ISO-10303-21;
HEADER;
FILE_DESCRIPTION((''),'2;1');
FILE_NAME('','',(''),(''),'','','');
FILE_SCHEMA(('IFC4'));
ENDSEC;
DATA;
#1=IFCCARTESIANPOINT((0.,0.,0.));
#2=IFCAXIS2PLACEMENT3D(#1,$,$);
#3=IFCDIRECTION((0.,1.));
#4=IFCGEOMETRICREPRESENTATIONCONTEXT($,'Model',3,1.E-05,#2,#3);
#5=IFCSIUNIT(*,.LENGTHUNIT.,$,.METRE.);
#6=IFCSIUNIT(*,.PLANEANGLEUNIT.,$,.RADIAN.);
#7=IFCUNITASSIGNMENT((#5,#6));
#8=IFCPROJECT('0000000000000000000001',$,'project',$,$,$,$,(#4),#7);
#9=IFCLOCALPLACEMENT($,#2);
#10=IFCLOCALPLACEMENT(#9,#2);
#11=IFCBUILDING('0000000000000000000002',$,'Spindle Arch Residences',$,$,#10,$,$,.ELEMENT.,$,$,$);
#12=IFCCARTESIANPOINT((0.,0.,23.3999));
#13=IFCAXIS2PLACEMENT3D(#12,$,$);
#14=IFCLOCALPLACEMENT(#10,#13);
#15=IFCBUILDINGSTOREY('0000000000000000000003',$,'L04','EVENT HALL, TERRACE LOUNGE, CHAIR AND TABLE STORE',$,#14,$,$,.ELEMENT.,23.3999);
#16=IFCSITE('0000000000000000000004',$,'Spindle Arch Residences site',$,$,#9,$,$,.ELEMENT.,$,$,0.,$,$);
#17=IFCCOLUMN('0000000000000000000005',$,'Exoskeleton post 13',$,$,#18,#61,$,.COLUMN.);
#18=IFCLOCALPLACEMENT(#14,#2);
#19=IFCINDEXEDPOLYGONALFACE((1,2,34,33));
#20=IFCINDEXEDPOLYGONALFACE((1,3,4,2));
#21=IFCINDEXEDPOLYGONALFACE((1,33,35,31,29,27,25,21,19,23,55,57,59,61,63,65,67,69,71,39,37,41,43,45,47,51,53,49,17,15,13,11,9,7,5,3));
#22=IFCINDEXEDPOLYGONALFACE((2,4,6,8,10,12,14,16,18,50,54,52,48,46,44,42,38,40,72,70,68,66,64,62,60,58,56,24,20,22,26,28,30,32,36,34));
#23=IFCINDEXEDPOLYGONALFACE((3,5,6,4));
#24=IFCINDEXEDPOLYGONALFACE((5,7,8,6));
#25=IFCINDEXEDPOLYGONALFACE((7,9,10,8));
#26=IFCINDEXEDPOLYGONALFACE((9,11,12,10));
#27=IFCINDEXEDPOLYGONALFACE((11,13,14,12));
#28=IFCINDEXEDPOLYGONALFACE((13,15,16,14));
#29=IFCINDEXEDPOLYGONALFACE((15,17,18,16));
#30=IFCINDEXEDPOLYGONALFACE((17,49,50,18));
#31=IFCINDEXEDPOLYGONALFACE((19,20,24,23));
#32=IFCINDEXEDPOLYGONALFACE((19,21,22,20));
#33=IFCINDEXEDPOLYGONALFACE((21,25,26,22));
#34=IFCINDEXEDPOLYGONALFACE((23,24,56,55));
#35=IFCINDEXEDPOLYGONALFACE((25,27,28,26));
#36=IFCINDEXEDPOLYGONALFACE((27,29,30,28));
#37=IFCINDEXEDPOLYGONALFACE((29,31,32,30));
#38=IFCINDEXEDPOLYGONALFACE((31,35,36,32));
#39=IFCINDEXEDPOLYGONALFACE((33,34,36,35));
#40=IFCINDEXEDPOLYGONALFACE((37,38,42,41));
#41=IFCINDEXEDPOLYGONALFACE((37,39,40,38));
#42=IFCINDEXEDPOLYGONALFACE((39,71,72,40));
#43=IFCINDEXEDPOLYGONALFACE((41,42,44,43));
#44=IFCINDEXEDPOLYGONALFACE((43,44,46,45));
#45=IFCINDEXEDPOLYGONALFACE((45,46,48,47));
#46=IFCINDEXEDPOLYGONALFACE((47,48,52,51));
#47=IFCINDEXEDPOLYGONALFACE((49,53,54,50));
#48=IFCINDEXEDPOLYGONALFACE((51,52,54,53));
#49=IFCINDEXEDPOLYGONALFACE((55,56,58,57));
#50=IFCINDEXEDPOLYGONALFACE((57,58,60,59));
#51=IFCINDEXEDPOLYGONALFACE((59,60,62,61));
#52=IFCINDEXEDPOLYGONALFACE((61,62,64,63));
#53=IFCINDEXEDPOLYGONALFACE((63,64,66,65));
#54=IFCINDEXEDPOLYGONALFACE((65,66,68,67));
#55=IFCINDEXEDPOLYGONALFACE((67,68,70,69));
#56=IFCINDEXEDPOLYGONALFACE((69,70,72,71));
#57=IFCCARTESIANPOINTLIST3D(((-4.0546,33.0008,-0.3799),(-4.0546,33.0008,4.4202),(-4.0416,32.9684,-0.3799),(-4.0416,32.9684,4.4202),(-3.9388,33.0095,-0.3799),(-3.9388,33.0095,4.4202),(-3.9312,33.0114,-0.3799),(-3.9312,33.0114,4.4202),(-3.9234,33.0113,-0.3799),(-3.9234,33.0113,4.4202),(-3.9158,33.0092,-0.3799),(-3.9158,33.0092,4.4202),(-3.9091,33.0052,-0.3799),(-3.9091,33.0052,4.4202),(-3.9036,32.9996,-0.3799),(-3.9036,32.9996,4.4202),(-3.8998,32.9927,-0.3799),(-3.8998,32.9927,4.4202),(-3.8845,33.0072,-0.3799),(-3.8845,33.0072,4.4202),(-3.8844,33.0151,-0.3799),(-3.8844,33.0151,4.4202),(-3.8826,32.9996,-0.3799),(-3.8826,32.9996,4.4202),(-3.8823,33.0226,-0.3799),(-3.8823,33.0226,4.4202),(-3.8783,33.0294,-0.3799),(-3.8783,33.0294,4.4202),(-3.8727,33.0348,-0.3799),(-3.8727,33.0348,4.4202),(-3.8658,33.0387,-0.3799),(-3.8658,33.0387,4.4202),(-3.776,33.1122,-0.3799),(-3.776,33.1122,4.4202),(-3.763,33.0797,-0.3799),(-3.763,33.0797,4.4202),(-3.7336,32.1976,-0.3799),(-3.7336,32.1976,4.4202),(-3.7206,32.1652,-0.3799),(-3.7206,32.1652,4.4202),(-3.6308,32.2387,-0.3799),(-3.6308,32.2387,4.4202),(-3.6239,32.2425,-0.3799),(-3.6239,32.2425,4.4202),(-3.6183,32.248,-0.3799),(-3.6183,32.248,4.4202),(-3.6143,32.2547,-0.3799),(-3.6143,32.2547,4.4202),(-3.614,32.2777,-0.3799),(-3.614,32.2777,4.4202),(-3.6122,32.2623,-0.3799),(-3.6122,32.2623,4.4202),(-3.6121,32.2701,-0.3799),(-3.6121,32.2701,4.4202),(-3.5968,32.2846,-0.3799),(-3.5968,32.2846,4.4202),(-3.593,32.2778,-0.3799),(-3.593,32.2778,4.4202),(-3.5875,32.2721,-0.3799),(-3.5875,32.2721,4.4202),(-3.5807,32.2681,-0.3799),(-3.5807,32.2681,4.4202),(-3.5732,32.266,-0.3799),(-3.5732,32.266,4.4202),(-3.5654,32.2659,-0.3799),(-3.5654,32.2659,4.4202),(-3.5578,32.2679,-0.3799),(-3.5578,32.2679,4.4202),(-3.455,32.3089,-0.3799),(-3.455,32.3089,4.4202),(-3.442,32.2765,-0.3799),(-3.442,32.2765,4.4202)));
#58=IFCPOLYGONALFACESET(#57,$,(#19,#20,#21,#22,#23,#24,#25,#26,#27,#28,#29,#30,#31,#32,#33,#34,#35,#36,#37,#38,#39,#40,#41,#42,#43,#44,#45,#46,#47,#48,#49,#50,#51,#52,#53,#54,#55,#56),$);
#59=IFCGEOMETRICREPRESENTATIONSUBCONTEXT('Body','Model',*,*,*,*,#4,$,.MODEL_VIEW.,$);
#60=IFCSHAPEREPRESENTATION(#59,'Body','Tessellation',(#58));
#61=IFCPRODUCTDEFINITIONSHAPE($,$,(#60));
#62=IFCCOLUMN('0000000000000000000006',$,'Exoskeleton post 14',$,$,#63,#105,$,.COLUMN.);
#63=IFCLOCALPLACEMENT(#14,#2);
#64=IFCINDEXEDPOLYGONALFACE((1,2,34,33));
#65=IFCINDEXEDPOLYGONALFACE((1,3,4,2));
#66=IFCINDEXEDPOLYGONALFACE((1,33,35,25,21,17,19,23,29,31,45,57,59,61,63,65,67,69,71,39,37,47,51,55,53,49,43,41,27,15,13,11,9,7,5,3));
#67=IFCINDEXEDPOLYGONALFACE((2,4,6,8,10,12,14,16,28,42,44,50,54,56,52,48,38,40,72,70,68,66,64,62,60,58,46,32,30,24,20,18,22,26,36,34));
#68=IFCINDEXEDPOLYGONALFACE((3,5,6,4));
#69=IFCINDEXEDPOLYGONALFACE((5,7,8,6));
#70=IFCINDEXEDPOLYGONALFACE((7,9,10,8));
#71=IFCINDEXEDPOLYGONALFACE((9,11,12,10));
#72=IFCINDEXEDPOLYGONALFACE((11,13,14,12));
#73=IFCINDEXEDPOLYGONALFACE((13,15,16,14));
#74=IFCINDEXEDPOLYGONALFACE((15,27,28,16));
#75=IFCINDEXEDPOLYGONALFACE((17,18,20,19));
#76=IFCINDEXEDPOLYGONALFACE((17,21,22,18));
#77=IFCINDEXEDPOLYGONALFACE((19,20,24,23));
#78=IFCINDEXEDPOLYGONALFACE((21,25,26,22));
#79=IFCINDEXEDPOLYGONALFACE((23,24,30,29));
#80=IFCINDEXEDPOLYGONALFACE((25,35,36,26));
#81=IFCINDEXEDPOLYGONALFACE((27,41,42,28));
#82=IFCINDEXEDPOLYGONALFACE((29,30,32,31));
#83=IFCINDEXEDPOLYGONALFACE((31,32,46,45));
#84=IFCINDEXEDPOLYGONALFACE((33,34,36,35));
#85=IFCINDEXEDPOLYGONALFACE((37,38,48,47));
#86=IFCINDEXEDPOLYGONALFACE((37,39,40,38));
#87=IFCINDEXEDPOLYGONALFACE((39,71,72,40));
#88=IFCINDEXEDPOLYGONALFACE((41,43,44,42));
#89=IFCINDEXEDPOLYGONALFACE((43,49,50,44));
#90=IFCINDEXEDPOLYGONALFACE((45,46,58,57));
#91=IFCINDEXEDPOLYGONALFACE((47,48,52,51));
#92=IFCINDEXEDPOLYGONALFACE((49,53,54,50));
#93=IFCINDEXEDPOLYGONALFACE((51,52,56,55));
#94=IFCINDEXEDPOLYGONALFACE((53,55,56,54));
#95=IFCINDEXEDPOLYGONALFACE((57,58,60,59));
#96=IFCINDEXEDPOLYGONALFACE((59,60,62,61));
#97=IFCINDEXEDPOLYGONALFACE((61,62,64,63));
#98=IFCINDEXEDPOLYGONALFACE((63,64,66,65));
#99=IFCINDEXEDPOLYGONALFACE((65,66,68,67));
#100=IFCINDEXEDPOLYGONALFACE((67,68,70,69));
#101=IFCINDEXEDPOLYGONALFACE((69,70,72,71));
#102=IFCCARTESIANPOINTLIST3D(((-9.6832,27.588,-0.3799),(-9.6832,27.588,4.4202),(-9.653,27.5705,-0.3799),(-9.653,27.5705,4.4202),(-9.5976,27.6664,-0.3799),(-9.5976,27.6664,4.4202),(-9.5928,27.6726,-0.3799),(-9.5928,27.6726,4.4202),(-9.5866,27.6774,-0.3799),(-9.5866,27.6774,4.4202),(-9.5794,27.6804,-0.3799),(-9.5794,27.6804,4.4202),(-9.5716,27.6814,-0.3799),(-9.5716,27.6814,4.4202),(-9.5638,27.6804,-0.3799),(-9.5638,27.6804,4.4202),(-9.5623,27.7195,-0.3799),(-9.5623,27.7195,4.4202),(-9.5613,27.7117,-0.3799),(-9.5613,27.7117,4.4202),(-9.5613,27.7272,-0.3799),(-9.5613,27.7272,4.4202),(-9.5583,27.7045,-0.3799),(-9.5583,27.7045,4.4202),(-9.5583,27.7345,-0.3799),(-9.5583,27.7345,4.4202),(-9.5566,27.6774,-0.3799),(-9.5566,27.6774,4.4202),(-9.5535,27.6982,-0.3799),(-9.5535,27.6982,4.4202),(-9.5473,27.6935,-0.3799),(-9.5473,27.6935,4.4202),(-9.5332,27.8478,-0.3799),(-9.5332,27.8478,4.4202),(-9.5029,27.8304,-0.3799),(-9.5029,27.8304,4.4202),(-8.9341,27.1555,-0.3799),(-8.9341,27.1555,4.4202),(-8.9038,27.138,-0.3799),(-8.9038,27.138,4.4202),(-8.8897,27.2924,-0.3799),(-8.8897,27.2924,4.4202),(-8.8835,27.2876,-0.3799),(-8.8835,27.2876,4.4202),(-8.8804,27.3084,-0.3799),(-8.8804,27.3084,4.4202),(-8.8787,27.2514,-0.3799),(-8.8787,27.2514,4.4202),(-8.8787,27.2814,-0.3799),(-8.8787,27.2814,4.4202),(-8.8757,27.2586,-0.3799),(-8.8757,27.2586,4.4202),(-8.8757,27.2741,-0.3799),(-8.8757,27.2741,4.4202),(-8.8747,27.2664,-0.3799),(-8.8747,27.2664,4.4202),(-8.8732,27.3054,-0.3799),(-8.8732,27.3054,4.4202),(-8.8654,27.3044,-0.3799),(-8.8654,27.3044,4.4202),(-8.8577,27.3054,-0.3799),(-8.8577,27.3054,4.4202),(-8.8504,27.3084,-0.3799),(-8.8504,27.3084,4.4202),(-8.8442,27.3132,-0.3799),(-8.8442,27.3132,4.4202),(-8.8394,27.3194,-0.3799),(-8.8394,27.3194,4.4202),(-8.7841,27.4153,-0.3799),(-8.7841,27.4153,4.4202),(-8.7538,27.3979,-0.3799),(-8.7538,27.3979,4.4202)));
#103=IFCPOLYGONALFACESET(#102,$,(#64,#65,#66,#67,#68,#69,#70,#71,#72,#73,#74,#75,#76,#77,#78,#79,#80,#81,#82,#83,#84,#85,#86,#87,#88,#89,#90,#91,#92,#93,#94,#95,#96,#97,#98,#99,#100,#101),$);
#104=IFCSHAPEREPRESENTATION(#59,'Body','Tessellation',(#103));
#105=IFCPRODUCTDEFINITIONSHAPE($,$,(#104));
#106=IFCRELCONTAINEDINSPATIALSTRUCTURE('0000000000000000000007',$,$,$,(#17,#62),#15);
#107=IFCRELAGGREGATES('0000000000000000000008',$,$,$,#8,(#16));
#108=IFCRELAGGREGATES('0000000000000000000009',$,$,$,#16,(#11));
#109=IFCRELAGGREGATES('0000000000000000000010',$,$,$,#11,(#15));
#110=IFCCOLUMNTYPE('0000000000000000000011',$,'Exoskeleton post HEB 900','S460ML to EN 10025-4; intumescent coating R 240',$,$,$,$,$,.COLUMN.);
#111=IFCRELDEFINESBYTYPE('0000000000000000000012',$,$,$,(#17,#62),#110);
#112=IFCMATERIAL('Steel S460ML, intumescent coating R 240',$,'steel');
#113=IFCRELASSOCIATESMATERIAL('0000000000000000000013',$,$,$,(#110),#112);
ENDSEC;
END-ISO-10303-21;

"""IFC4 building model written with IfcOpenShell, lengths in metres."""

from ifc_helpers import new_model, si_unit, direction, frame, origin, origin_2d, place, context, subcontext, project, spatial, i_section, extrude, material, material_profile, profile_set, type_object, element, save


model = new_model("IFC4")

# Units and contexts
model_context = context("Model", 3, precision=1e-05, world=origin(), true_north=direction((0.0, 1.0)))
body_context = subcontext(model_context, "Body", "Model", "MODEL_VIEW")
ifc_project = project(units=[si_unit("LENGTHUNIT", "METRE"), si_unit("PLANEANGLEUNIT", "RADIAN")], contexts=[model_context])

# Site, building, storey
site_placement = place(None, origin())
site = spatial("IfcSite", under=ifc_project, at=site_placement, Name="Spindle Arch Residences site", CompositionType="ELEMENT", RefElevation=0.0)
building_placement = place(site_placement, origin())
building = spatial("IfcBuilding", under=site, at=building_placement, Name="Spindle Arch Residences", CompositionType="ELEMENT")
storey_placement = place(building_placement, frame((0.0, 0.0, 23.3999)))
storey = spatial("IfcBuildingStorey", under=building, at=storey_placement, Name="L04", Description="EVENT HALL, TERRACE LOUNGE, CHAIR AND TABLE STORE", CompositionType="ELEMENT", Elevation=23.3999)

# Columns
ifc_material_1 = material(Name="Steel S460ML, intumescent coating R 240", Category="steel")
ifc_material_profile_1 = material_profile(ifc_material_1, i_section(OverallWidth=0.3, OverallDepth=0.8999, WebThickness=0.0186, FlangeThickness=0.0349, FilletRadius=0.03, at=origin_2d()), Name="HEB 900")
ifc_profile_set_1 = profile_set([ifc_material_profile_1], Name="Steel S460ML, intumescent coating R 240")
column_type_1 = type_object("IfcColumnType", Name="Exoskeleton post HEB 900", Description="S460ML to EN 10025-4; intumescent coating R 240", PredefinedType="COLUMN", material=ifc_profile_set_1)
for number, where, z_axis, x_axis, name in (
    (1, (-3.7483, 32.6387, -0.3799), (0.0, 0.0, 1.0), (0.92859, 0.371108, 0.0), "Exoskeleton post 13"),
    (2, (-9.2185, 27.4929, -0.3799), (0.0, 0.0, 1.0), (0.5, 0.866025, 0.0), "Exoskeleton post 14"),
):
    element("IfcColumn", number, at=place(storey_placement, frame(where, z_axis=z_axis, x_axis=x_axis)), inside=storey, type_object=column_type_1, Name=name, PredefinedType="COLUMN", context=body_context, shape_type="SweptSolid", body=[
        extrude(i_section(OverallWidth=0.3, OverallDepth=0.8999, WebThickness=0.0186, FlangeThickness=0.0349, FilletRadius=0.03, at=origin_2d()), origin(), (0.0, 0.0, 1.0), 4.8),
    ])

save(model, "model.ifc")
